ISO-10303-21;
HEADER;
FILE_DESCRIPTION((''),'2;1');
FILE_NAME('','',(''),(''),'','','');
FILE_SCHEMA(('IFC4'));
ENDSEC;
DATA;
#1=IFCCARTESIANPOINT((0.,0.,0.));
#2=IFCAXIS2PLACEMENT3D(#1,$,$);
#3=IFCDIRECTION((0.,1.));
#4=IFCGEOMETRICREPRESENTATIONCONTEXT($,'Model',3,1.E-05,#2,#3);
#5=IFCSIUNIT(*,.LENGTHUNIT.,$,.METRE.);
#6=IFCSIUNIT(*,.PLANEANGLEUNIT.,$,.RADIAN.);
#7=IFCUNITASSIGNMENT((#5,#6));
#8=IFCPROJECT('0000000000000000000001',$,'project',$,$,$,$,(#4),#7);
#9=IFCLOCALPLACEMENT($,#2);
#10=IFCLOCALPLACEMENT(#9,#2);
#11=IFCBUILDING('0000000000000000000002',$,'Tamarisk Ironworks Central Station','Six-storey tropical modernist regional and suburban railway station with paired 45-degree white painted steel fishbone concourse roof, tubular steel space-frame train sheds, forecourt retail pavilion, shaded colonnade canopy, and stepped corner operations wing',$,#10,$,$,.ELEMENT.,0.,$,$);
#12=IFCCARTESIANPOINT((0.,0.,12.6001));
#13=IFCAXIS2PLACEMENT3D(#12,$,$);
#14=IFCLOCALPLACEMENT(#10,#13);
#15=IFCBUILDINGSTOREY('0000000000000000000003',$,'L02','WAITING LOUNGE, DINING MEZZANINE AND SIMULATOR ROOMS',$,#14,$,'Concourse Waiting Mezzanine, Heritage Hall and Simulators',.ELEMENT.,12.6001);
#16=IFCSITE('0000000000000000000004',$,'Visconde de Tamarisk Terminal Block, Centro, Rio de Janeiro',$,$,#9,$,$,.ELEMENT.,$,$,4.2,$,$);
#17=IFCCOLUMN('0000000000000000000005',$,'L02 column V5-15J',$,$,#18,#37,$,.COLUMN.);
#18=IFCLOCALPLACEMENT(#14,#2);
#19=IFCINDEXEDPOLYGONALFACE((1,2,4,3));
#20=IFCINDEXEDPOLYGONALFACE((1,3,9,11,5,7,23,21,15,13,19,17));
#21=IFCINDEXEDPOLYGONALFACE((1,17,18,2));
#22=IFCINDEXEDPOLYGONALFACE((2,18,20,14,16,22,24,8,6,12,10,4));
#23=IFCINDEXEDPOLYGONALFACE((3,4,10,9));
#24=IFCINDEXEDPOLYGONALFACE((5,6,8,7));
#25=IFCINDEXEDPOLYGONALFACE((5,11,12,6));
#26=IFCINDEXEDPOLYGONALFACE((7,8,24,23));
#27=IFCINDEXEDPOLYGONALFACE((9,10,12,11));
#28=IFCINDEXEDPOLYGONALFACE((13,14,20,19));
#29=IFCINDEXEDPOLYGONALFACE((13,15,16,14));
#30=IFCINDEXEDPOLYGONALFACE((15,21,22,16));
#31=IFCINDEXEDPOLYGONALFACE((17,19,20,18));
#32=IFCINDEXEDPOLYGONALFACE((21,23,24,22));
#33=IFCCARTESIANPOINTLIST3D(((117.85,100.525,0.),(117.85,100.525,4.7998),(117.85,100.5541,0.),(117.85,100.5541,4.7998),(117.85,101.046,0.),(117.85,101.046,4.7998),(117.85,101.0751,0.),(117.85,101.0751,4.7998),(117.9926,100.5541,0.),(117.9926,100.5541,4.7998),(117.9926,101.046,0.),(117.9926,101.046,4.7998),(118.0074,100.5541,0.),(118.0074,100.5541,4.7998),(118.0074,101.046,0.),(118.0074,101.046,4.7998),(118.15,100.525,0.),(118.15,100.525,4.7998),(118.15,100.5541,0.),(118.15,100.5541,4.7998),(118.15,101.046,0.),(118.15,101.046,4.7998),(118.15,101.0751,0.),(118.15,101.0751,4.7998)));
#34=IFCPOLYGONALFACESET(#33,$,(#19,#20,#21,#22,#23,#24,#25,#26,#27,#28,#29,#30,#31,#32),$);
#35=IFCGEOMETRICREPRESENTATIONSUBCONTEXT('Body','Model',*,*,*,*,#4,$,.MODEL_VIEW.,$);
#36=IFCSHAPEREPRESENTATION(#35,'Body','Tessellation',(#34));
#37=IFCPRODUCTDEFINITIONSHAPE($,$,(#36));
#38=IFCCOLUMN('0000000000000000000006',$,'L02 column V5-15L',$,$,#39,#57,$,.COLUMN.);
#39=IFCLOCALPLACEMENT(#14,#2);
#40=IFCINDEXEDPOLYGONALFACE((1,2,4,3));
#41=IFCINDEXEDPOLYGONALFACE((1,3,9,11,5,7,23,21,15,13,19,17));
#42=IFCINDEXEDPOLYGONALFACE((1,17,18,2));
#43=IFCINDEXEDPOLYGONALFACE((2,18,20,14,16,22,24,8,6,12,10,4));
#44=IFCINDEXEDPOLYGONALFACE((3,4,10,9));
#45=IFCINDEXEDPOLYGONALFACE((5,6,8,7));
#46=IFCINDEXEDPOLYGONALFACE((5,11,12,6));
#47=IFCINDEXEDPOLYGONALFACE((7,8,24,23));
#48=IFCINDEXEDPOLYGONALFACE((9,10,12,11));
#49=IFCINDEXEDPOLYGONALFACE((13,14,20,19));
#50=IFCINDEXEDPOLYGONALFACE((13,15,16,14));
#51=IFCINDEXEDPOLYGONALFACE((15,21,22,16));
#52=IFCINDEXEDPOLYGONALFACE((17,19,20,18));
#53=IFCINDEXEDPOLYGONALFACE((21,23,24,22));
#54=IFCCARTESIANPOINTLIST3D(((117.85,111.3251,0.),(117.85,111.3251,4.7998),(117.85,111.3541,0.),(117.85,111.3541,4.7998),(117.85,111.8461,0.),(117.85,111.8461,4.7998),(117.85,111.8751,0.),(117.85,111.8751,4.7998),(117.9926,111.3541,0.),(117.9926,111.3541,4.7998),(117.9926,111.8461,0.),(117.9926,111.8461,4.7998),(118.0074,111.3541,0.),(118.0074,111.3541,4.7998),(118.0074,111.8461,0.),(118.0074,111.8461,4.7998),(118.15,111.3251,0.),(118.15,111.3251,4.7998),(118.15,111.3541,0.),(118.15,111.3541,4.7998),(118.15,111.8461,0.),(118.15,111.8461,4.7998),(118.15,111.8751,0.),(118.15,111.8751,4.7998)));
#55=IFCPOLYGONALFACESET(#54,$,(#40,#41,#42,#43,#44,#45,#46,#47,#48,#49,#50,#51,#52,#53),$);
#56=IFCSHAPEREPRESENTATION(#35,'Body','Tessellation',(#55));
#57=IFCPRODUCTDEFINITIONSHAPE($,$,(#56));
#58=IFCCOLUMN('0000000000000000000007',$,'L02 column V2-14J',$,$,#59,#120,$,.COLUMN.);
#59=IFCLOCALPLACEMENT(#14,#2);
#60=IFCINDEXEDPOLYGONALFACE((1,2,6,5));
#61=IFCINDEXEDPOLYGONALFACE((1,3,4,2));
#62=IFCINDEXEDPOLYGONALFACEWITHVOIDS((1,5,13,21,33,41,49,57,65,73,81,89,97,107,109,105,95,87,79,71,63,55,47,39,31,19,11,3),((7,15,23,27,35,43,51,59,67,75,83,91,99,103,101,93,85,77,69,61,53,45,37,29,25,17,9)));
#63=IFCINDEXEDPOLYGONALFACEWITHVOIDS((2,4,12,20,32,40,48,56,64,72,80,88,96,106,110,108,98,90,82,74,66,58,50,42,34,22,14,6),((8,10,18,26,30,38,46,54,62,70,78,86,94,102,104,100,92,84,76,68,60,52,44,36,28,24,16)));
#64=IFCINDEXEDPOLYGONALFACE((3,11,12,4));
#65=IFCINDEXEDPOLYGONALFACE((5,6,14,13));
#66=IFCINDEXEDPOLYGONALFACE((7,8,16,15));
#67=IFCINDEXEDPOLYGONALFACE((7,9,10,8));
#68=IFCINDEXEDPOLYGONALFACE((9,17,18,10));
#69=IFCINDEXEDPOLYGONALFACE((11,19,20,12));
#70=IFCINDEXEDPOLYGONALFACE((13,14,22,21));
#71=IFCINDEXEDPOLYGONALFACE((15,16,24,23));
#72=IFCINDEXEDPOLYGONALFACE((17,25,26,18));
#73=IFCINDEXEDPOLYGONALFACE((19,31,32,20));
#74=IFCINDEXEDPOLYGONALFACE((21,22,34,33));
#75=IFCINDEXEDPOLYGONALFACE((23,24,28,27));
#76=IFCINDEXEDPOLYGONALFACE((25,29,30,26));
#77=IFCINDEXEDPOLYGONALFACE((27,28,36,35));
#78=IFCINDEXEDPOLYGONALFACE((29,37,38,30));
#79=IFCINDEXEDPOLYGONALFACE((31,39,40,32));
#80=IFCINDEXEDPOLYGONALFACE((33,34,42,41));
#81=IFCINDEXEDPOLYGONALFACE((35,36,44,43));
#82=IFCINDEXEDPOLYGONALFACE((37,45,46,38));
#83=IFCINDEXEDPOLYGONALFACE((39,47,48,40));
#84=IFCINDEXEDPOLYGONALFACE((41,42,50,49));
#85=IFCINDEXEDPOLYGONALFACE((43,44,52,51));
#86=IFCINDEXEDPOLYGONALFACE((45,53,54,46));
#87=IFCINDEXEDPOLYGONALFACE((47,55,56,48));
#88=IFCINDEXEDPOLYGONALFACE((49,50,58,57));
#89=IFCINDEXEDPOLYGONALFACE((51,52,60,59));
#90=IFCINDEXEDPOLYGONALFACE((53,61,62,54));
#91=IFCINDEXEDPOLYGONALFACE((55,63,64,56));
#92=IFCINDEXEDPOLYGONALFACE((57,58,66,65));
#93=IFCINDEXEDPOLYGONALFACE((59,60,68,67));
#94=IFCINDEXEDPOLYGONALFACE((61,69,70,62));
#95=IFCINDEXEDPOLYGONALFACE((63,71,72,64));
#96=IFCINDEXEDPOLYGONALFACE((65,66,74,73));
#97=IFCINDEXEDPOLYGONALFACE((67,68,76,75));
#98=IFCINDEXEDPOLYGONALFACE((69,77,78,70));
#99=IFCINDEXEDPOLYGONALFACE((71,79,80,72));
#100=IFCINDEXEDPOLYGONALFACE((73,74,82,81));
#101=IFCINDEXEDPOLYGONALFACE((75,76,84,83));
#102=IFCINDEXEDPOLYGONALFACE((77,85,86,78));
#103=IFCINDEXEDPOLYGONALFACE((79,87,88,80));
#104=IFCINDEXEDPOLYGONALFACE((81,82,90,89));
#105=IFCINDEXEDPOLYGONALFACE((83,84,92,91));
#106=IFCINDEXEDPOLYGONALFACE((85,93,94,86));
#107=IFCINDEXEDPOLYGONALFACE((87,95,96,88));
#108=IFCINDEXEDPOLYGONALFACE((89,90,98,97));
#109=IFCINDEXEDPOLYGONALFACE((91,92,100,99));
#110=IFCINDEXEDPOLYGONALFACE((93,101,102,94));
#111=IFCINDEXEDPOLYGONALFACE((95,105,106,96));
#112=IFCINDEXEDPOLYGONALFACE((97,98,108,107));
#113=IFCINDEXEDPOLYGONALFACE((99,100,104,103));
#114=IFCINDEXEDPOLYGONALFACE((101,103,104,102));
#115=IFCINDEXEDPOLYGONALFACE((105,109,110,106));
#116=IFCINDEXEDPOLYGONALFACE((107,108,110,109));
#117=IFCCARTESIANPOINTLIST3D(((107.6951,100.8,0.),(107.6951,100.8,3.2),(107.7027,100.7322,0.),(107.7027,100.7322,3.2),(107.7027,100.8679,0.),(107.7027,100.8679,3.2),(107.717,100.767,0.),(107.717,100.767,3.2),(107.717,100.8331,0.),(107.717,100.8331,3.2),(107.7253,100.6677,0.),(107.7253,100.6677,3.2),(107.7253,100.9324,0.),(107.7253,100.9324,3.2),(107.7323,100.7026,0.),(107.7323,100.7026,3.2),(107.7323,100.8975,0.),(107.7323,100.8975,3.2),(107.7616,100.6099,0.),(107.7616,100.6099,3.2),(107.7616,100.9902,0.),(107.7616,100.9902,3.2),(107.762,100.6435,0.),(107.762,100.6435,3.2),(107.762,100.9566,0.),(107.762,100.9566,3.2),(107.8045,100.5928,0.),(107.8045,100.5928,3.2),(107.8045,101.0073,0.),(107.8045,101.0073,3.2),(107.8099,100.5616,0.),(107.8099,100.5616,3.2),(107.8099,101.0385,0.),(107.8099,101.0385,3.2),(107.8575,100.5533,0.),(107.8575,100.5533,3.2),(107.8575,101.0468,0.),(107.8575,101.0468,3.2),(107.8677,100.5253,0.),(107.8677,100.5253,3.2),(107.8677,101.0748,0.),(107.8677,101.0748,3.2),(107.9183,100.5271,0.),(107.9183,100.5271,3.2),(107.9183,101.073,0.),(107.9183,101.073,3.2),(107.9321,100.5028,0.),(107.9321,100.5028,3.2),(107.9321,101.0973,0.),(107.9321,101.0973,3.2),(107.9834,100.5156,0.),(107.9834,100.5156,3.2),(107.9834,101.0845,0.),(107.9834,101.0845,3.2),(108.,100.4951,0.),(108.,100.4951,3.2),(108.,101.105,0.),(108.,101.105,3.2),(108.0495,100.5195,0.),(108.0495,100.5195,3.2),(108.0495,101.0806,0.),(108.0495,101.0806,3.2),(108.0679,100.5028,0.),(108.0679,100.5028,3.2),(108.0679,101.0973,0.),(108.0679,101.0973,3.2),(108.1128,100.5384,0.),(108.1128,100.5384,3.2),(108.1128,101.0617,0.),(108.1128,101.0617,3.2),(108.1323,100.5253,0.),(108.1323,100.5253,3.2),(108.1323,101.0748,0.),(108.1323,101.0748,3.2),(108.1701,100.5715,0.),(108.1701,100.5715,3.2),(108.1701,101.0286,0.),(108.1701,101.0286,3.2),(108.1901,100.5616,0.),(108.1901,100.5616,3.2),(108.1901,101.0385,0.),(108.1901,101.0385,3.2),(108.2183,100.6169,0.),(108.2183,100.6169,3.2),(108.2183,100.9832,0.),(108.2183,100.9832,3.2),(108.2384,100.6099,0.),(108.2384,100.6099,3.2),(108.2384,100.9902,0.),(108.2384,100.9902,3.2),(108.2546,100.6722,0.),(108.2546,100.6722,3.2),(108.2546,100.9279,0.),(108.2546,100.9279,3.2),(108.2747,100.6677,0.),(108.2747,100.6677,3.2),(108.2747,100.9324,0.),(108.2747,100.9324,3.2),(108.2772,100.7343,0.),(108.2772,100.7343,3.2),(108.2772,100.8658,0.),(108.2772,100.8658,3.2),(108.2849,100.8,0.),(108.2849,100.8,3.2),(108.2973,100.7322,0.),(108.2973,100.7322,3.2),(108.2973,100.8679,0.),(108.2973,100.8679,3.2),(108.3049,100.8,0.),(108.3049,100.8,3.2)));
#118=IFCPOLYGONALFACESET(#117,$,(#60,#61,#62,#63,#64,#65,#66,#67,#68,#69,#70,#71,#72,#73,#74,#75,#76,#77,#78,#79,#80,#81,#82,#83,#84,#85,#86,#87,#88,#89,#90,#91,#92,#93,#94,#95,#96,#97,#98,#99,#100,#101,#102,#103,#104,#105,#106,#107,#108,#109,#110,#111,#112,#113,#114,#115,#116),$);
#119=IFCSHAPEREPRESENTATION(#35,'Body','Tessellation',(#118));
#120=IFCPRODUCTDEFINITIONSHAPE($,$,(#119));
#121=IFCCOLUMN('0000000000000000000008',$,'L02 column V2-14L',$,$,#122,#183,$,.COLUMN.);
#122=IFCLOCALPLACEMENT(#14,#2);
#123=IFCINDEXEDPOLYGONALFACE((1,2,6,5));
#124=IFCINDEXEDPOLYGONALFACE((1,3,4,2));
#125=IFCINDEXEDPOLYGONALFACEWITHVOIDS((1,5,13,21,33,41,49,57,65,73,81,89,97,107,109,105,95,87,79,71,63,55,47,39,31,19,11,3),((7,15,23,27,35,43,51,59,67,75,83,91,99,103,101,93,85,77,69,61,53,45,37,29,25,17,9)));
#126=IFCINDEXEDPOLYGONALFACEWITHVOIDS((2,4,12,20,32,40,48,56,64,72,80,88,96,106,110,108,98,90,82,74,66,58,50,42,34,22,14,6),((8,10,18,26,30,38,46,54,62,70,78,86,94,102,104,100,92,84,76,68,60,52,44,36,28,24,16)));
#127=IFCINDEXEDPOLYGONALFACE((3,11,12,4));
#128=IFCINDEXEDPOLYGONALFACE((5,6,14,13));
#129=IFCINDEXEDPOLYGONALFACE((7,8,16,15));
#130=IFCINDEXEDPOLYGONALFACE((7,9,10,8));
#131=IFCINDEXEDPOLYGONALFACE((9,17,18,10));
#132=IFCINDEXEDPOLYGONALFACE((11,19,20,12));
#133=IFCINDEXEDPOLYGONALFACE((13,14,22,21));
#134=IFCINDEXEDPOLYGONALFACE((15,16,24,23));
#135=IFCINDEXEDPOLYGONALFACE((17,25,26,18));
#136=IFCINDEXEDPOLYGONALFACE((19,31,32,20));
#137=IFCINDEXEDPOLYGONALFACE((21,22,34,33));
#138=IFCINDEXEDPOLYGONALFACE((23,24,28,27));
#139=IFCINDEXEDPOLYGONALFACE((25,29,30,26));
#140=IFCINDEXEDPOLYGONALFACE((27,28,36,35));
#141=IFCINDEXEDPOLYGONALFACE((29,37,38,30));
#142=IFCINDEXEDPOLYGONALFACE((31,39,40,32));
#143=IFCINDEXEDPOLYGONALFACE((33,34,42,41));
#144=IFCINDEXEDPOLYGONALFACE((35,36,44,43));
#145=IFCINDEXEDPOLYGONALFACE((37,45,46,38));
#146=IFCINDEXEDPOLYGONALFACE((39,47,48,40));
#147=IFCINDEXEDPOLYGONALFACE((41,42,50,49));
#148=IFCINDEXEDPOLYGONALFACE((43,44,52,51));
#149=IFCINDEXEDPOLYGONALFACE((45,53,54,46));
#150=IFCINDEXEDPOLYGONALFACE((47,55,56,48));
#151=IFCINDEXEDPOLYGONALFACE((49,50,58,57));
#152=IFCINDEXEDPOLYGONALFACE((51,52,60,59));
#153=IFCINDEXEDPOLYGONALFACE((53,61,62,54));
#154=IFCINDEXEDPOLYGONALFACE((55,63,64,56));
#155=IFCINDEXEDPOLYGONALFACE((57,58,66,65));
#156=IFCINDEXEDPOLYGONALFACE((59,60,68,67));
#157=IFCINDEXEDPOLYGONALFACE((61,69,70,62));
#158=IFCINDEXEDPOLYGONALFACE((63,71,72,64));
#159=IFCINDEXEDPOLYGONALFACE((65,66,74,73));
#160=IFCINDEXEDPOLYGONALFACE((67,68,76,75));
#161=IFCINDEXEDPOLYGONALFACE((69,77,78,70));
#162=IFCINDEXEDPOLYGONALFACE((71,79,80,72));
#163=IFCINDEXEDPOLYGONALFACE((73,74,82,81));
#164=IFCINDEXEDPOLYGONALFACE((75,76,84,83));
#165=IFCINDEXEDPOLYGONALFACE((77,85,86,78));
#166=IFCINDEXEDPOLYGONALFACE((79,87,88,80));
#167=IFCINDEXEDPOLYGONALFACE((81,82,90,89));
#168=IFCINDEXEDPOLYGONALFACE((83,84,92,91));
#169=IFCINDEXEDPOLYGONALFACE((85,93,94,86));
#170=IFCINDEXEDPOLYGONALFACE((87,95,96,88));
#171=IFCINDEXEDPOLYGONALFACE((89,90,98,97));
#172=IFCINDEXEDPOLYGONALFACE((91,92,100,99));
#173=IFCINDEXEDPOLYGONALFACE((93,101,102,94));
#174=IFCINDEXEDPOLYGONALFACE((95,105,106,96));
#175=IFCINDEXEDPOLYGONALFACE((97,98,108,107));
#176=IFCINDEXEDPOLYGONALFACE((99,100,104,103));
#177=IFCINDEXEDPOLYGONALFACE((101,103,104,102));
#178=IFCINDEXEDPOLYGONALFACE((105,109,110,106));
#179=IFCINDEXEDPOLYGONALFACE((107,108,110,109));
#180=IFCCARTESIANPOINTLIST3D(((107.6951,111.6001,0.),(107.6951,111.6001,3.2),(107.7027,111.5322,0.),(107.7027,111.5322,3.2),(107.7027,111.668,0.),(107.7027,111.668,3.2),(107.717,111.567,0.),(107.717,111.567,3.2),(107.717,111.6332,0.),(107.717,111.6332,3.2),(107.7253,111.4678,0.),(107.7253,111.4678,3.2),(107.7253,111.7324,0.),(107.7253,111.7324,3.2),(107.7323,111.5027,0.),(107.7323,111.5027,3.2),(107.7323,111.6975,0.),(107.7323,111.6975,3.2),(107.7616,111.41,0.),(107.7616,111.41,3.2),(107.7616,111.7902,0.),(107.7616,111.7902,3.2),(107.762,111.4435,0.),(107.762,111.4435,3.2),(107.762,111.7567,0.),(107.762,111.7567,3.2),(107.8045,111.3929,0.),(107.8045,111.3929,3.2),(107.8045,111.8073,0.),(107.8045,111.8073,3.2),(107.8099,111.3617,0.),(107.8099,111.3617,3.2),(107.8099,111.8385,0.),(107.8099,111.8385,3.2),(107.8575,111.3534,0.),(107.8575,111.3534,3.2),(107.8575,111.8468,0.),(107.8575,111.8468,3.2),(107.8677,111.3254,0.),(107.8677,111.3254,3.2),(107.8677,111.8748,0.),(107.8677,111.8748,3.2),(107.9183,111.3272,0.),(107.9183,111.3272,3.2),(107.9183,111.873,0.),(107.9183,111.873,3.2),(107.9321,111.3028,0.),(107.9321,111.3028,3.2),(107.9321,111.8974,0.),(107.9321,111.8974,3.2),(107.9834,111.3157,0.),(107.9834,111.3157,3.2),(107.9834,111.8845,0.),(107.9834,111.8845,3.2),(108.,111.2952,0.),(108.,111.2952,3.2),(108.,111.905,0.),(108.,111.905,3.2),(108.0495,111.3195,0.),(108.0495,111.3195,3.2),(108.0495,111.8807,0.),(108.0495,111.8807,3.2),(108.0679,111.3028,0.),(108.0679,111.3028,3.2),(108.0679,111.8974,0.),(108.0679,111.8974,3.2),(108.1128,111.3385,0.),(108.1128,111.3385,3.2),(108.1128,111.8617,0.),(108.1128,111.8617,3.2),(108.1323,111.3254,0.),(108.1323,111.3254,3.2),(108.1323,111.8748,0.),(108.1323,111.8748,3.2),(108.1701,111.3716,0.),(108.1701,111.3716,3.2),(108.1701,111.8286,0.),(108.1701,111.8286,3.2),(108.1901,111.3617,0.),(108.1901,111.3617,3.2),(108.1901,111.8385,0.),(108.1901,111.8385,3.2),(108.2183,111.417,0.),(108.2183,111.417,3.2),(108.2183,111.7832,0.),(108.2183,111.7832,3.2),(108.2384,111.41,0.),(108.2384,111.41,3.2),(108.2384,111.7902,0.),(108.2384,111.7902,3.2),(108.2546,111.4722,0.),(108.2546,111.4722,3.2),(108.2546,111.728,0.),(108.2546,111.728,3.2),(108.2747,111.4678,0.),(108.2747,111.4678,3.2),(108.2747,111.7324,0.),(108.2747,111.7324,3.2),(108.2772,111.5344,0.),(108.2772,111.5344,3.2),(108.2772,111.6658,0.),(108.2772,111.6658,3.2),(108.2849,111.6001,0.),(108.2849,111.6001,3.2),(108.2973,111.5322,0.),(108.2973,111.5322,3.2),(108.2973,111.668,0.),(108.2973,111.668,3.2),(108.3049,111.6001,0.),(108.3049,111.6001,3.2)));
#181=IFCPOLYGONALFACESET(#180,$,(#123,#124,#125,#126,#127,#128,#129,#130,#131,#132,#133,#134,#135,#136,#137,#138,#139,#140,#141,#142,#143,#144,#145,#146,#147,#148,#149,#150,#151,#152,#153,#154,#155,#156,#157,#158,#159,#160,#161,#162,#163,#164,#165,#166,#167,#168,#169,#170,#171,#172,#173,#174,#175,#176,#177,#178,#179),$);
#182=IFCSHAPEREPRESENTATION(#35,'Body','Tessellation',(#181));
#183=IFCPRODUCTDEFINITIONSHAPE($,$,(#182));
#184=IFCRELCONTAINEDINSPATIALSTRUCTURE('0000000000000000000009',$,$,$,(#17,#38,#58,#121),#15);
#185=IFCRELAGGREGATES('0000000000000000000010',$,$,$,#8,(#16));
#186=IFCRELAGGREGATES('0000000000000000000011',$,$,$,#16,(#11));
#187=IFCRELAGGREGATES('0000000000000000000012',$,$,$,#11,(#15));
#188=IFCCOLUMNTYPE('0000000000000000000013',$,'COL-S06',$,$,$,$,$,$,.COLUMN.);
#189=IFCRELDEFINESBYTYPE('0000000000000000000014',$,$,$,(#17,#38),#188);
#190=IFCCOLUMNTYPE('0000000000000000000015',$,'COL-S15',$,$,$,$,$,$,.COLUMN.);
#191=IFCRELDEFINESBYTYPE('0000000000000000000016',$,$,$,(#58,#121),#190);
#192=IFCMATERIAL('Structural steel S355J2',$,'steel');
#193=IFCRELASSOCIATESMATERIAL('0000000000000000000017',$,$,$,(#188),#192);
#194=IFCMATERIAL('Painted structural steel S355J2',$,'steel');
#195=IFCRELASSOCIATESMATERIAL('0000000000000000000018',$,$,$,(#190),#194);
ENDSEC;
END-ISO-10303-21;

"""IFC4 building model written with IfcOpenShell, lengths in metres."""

from ifc_helpers import new_model, si_unit, direction, frame, origin, origin_2d, place, context, subcontext, project, spatial, hollow_circle, i_section, extrude, material, material_profile, profile_set, type_object, element, save


model = new_model("IFC4")

# Units and contexts
model_context = context("Model", 3, precision=1e-05, world=origin(), true_north=direction((0.0, 1.0)))
body_context = subcontext(model_context, "Body", "Model", "MODEL_VIEW")
ifc_project = project(units=[si_unit("LENGTHUNIT", "METRE"), si_unit("PLANEANGLEUNIT", "RADIAN")], contexts=[model_context])

# Site, building, storey
site_placement = place(None, origin())
site = spatial("IfcSite", under=ifc_project, at=site_placement, Name="Visconde de Tamarisk Terminal Block, Centro, Rio de Janeiro", CompositionType="ELEMENT", RefElevation=4.2)
building_placement = place(site_placement, origin())
building = spatial("IfcBuilding", under=site, at=building_placement, Name="Tamarisk Ironworks Central Station", Description="Six-storey tropical modernist regional and suburban railway station with paired 45-degree white painted steel fishbone concourse roof, tubular steel space-frame train sheds, forecourt retail pavilion, shaded colonnade canopy, and stepped corner operations wing", CompositionType="ELEMENT", ElevationOfRefHeight=0.0)
storey_placement = place(building_placement, frame((0.0, 0.0, 12.6001)))
storey = spatial("IfcBuildingStorey", under=building, at=storey_placement, Name="L02", Description="WAITING LOUNGE, DINING MEZZANINE AND SIMULATOR ROOMS", LongName="Concourse Waiting Mezzanine, Heritage Hall and Simulators", CompositionType="ELEMENT", Elevation=12.6001)

# Columns
ifc_material_1 = material(Name="Structural steel S355J2", Category="steel")
ifc_material_profile_1 = material_profile(ifc_material_1, i_section(OverallWidth=0.3, OverallDepth=0.55, WebThickness=0.0149, FlangeThickness=0.0291, at=origin_2d()), Name="HEB 550")
ifc_profile_set_1 = profile_set([ifc_material_profile_1], Name="Structural steel S355J2")
column_type_1 = type_object("IfcColumnType", Name="COL-S06", PredefinedType="COLUMN", material=ifc_profile_set_1)
for number, where, z_axis, x_axis, name in (
    (1, (118.0, 100.8, 0.0), (0.0, 0.0, 1.0), (1.0, 0.0, 0.0), "L02 column V5-15J"),
    (2, (118.0, 111.6001, 0.0), (0.0, 0.0, 1.0), (1.0, 0.0, 0.0), "L02 column V5-15L"),
):
    element("IfcColumn", number, at=place(storey_placement, frame(where, z_axis=z_axis, x_axis=x_axis)), inside=storey, type_object=column_type_1, Name=name, PredefinedType="COLUMN", context=body_context, shape_type="SweptSolid", body=[
        extrude(i_section(OverallWidth=0.3, OverallDepth=0.55, WebThickness=0.0149, FlangeThickness=0.0291, at=origin_2d()), origin(), (0.0, 0.0, 1.0), 4.7998),
    ])
ifc_material_2 = material(Name="Painted structural steel S355J2", Category="steel")
ifc_material_profile_2 = material_profile(ifc_material_2, hollow_circle(Radius=0.3049, WallThickness=0.02, at=origin_2d()), Name="CHS 610x20")
ifc_profile_set_2 = profile_set([ifc_material_profile_2], Name="Painted structural steel S355J2")
column_type_2 = type_object("IfcColumnType", Name="COL-S15", PredefinedType="COLUMN", material=ifc_profile_set_2)
for number, where, z_axis, x_axis, name in (
    (3, (108.0, 100.8, 0.0), (0.0, 0.0, 1.0), (1.0, 0.0, 0.0), "L02 column V2-14J"),
    (4, (108.0, 111.6001, 0.0), (0.0, 0.0, 1.0), (1.0, 0.0, 0.0), "L02 column V2-14L"),
):
    element("IfcColumn", number, at=place(storey_placement, frame(where, z_axis=z_axis, x_axis=x_axis)), inside=storey, type_object=column_type_2, Name=name, PredefinedType="COLUMN", context=body_context, shape_type="SweptSolid", body=[
        extrude(hollow_circle(Radius=0.3049, WallThickness=0.02, at=origin_2d()), origin(), (0.0, 0.0, 1.0), 3.2),
    ])

save(model, "model.ifc")
